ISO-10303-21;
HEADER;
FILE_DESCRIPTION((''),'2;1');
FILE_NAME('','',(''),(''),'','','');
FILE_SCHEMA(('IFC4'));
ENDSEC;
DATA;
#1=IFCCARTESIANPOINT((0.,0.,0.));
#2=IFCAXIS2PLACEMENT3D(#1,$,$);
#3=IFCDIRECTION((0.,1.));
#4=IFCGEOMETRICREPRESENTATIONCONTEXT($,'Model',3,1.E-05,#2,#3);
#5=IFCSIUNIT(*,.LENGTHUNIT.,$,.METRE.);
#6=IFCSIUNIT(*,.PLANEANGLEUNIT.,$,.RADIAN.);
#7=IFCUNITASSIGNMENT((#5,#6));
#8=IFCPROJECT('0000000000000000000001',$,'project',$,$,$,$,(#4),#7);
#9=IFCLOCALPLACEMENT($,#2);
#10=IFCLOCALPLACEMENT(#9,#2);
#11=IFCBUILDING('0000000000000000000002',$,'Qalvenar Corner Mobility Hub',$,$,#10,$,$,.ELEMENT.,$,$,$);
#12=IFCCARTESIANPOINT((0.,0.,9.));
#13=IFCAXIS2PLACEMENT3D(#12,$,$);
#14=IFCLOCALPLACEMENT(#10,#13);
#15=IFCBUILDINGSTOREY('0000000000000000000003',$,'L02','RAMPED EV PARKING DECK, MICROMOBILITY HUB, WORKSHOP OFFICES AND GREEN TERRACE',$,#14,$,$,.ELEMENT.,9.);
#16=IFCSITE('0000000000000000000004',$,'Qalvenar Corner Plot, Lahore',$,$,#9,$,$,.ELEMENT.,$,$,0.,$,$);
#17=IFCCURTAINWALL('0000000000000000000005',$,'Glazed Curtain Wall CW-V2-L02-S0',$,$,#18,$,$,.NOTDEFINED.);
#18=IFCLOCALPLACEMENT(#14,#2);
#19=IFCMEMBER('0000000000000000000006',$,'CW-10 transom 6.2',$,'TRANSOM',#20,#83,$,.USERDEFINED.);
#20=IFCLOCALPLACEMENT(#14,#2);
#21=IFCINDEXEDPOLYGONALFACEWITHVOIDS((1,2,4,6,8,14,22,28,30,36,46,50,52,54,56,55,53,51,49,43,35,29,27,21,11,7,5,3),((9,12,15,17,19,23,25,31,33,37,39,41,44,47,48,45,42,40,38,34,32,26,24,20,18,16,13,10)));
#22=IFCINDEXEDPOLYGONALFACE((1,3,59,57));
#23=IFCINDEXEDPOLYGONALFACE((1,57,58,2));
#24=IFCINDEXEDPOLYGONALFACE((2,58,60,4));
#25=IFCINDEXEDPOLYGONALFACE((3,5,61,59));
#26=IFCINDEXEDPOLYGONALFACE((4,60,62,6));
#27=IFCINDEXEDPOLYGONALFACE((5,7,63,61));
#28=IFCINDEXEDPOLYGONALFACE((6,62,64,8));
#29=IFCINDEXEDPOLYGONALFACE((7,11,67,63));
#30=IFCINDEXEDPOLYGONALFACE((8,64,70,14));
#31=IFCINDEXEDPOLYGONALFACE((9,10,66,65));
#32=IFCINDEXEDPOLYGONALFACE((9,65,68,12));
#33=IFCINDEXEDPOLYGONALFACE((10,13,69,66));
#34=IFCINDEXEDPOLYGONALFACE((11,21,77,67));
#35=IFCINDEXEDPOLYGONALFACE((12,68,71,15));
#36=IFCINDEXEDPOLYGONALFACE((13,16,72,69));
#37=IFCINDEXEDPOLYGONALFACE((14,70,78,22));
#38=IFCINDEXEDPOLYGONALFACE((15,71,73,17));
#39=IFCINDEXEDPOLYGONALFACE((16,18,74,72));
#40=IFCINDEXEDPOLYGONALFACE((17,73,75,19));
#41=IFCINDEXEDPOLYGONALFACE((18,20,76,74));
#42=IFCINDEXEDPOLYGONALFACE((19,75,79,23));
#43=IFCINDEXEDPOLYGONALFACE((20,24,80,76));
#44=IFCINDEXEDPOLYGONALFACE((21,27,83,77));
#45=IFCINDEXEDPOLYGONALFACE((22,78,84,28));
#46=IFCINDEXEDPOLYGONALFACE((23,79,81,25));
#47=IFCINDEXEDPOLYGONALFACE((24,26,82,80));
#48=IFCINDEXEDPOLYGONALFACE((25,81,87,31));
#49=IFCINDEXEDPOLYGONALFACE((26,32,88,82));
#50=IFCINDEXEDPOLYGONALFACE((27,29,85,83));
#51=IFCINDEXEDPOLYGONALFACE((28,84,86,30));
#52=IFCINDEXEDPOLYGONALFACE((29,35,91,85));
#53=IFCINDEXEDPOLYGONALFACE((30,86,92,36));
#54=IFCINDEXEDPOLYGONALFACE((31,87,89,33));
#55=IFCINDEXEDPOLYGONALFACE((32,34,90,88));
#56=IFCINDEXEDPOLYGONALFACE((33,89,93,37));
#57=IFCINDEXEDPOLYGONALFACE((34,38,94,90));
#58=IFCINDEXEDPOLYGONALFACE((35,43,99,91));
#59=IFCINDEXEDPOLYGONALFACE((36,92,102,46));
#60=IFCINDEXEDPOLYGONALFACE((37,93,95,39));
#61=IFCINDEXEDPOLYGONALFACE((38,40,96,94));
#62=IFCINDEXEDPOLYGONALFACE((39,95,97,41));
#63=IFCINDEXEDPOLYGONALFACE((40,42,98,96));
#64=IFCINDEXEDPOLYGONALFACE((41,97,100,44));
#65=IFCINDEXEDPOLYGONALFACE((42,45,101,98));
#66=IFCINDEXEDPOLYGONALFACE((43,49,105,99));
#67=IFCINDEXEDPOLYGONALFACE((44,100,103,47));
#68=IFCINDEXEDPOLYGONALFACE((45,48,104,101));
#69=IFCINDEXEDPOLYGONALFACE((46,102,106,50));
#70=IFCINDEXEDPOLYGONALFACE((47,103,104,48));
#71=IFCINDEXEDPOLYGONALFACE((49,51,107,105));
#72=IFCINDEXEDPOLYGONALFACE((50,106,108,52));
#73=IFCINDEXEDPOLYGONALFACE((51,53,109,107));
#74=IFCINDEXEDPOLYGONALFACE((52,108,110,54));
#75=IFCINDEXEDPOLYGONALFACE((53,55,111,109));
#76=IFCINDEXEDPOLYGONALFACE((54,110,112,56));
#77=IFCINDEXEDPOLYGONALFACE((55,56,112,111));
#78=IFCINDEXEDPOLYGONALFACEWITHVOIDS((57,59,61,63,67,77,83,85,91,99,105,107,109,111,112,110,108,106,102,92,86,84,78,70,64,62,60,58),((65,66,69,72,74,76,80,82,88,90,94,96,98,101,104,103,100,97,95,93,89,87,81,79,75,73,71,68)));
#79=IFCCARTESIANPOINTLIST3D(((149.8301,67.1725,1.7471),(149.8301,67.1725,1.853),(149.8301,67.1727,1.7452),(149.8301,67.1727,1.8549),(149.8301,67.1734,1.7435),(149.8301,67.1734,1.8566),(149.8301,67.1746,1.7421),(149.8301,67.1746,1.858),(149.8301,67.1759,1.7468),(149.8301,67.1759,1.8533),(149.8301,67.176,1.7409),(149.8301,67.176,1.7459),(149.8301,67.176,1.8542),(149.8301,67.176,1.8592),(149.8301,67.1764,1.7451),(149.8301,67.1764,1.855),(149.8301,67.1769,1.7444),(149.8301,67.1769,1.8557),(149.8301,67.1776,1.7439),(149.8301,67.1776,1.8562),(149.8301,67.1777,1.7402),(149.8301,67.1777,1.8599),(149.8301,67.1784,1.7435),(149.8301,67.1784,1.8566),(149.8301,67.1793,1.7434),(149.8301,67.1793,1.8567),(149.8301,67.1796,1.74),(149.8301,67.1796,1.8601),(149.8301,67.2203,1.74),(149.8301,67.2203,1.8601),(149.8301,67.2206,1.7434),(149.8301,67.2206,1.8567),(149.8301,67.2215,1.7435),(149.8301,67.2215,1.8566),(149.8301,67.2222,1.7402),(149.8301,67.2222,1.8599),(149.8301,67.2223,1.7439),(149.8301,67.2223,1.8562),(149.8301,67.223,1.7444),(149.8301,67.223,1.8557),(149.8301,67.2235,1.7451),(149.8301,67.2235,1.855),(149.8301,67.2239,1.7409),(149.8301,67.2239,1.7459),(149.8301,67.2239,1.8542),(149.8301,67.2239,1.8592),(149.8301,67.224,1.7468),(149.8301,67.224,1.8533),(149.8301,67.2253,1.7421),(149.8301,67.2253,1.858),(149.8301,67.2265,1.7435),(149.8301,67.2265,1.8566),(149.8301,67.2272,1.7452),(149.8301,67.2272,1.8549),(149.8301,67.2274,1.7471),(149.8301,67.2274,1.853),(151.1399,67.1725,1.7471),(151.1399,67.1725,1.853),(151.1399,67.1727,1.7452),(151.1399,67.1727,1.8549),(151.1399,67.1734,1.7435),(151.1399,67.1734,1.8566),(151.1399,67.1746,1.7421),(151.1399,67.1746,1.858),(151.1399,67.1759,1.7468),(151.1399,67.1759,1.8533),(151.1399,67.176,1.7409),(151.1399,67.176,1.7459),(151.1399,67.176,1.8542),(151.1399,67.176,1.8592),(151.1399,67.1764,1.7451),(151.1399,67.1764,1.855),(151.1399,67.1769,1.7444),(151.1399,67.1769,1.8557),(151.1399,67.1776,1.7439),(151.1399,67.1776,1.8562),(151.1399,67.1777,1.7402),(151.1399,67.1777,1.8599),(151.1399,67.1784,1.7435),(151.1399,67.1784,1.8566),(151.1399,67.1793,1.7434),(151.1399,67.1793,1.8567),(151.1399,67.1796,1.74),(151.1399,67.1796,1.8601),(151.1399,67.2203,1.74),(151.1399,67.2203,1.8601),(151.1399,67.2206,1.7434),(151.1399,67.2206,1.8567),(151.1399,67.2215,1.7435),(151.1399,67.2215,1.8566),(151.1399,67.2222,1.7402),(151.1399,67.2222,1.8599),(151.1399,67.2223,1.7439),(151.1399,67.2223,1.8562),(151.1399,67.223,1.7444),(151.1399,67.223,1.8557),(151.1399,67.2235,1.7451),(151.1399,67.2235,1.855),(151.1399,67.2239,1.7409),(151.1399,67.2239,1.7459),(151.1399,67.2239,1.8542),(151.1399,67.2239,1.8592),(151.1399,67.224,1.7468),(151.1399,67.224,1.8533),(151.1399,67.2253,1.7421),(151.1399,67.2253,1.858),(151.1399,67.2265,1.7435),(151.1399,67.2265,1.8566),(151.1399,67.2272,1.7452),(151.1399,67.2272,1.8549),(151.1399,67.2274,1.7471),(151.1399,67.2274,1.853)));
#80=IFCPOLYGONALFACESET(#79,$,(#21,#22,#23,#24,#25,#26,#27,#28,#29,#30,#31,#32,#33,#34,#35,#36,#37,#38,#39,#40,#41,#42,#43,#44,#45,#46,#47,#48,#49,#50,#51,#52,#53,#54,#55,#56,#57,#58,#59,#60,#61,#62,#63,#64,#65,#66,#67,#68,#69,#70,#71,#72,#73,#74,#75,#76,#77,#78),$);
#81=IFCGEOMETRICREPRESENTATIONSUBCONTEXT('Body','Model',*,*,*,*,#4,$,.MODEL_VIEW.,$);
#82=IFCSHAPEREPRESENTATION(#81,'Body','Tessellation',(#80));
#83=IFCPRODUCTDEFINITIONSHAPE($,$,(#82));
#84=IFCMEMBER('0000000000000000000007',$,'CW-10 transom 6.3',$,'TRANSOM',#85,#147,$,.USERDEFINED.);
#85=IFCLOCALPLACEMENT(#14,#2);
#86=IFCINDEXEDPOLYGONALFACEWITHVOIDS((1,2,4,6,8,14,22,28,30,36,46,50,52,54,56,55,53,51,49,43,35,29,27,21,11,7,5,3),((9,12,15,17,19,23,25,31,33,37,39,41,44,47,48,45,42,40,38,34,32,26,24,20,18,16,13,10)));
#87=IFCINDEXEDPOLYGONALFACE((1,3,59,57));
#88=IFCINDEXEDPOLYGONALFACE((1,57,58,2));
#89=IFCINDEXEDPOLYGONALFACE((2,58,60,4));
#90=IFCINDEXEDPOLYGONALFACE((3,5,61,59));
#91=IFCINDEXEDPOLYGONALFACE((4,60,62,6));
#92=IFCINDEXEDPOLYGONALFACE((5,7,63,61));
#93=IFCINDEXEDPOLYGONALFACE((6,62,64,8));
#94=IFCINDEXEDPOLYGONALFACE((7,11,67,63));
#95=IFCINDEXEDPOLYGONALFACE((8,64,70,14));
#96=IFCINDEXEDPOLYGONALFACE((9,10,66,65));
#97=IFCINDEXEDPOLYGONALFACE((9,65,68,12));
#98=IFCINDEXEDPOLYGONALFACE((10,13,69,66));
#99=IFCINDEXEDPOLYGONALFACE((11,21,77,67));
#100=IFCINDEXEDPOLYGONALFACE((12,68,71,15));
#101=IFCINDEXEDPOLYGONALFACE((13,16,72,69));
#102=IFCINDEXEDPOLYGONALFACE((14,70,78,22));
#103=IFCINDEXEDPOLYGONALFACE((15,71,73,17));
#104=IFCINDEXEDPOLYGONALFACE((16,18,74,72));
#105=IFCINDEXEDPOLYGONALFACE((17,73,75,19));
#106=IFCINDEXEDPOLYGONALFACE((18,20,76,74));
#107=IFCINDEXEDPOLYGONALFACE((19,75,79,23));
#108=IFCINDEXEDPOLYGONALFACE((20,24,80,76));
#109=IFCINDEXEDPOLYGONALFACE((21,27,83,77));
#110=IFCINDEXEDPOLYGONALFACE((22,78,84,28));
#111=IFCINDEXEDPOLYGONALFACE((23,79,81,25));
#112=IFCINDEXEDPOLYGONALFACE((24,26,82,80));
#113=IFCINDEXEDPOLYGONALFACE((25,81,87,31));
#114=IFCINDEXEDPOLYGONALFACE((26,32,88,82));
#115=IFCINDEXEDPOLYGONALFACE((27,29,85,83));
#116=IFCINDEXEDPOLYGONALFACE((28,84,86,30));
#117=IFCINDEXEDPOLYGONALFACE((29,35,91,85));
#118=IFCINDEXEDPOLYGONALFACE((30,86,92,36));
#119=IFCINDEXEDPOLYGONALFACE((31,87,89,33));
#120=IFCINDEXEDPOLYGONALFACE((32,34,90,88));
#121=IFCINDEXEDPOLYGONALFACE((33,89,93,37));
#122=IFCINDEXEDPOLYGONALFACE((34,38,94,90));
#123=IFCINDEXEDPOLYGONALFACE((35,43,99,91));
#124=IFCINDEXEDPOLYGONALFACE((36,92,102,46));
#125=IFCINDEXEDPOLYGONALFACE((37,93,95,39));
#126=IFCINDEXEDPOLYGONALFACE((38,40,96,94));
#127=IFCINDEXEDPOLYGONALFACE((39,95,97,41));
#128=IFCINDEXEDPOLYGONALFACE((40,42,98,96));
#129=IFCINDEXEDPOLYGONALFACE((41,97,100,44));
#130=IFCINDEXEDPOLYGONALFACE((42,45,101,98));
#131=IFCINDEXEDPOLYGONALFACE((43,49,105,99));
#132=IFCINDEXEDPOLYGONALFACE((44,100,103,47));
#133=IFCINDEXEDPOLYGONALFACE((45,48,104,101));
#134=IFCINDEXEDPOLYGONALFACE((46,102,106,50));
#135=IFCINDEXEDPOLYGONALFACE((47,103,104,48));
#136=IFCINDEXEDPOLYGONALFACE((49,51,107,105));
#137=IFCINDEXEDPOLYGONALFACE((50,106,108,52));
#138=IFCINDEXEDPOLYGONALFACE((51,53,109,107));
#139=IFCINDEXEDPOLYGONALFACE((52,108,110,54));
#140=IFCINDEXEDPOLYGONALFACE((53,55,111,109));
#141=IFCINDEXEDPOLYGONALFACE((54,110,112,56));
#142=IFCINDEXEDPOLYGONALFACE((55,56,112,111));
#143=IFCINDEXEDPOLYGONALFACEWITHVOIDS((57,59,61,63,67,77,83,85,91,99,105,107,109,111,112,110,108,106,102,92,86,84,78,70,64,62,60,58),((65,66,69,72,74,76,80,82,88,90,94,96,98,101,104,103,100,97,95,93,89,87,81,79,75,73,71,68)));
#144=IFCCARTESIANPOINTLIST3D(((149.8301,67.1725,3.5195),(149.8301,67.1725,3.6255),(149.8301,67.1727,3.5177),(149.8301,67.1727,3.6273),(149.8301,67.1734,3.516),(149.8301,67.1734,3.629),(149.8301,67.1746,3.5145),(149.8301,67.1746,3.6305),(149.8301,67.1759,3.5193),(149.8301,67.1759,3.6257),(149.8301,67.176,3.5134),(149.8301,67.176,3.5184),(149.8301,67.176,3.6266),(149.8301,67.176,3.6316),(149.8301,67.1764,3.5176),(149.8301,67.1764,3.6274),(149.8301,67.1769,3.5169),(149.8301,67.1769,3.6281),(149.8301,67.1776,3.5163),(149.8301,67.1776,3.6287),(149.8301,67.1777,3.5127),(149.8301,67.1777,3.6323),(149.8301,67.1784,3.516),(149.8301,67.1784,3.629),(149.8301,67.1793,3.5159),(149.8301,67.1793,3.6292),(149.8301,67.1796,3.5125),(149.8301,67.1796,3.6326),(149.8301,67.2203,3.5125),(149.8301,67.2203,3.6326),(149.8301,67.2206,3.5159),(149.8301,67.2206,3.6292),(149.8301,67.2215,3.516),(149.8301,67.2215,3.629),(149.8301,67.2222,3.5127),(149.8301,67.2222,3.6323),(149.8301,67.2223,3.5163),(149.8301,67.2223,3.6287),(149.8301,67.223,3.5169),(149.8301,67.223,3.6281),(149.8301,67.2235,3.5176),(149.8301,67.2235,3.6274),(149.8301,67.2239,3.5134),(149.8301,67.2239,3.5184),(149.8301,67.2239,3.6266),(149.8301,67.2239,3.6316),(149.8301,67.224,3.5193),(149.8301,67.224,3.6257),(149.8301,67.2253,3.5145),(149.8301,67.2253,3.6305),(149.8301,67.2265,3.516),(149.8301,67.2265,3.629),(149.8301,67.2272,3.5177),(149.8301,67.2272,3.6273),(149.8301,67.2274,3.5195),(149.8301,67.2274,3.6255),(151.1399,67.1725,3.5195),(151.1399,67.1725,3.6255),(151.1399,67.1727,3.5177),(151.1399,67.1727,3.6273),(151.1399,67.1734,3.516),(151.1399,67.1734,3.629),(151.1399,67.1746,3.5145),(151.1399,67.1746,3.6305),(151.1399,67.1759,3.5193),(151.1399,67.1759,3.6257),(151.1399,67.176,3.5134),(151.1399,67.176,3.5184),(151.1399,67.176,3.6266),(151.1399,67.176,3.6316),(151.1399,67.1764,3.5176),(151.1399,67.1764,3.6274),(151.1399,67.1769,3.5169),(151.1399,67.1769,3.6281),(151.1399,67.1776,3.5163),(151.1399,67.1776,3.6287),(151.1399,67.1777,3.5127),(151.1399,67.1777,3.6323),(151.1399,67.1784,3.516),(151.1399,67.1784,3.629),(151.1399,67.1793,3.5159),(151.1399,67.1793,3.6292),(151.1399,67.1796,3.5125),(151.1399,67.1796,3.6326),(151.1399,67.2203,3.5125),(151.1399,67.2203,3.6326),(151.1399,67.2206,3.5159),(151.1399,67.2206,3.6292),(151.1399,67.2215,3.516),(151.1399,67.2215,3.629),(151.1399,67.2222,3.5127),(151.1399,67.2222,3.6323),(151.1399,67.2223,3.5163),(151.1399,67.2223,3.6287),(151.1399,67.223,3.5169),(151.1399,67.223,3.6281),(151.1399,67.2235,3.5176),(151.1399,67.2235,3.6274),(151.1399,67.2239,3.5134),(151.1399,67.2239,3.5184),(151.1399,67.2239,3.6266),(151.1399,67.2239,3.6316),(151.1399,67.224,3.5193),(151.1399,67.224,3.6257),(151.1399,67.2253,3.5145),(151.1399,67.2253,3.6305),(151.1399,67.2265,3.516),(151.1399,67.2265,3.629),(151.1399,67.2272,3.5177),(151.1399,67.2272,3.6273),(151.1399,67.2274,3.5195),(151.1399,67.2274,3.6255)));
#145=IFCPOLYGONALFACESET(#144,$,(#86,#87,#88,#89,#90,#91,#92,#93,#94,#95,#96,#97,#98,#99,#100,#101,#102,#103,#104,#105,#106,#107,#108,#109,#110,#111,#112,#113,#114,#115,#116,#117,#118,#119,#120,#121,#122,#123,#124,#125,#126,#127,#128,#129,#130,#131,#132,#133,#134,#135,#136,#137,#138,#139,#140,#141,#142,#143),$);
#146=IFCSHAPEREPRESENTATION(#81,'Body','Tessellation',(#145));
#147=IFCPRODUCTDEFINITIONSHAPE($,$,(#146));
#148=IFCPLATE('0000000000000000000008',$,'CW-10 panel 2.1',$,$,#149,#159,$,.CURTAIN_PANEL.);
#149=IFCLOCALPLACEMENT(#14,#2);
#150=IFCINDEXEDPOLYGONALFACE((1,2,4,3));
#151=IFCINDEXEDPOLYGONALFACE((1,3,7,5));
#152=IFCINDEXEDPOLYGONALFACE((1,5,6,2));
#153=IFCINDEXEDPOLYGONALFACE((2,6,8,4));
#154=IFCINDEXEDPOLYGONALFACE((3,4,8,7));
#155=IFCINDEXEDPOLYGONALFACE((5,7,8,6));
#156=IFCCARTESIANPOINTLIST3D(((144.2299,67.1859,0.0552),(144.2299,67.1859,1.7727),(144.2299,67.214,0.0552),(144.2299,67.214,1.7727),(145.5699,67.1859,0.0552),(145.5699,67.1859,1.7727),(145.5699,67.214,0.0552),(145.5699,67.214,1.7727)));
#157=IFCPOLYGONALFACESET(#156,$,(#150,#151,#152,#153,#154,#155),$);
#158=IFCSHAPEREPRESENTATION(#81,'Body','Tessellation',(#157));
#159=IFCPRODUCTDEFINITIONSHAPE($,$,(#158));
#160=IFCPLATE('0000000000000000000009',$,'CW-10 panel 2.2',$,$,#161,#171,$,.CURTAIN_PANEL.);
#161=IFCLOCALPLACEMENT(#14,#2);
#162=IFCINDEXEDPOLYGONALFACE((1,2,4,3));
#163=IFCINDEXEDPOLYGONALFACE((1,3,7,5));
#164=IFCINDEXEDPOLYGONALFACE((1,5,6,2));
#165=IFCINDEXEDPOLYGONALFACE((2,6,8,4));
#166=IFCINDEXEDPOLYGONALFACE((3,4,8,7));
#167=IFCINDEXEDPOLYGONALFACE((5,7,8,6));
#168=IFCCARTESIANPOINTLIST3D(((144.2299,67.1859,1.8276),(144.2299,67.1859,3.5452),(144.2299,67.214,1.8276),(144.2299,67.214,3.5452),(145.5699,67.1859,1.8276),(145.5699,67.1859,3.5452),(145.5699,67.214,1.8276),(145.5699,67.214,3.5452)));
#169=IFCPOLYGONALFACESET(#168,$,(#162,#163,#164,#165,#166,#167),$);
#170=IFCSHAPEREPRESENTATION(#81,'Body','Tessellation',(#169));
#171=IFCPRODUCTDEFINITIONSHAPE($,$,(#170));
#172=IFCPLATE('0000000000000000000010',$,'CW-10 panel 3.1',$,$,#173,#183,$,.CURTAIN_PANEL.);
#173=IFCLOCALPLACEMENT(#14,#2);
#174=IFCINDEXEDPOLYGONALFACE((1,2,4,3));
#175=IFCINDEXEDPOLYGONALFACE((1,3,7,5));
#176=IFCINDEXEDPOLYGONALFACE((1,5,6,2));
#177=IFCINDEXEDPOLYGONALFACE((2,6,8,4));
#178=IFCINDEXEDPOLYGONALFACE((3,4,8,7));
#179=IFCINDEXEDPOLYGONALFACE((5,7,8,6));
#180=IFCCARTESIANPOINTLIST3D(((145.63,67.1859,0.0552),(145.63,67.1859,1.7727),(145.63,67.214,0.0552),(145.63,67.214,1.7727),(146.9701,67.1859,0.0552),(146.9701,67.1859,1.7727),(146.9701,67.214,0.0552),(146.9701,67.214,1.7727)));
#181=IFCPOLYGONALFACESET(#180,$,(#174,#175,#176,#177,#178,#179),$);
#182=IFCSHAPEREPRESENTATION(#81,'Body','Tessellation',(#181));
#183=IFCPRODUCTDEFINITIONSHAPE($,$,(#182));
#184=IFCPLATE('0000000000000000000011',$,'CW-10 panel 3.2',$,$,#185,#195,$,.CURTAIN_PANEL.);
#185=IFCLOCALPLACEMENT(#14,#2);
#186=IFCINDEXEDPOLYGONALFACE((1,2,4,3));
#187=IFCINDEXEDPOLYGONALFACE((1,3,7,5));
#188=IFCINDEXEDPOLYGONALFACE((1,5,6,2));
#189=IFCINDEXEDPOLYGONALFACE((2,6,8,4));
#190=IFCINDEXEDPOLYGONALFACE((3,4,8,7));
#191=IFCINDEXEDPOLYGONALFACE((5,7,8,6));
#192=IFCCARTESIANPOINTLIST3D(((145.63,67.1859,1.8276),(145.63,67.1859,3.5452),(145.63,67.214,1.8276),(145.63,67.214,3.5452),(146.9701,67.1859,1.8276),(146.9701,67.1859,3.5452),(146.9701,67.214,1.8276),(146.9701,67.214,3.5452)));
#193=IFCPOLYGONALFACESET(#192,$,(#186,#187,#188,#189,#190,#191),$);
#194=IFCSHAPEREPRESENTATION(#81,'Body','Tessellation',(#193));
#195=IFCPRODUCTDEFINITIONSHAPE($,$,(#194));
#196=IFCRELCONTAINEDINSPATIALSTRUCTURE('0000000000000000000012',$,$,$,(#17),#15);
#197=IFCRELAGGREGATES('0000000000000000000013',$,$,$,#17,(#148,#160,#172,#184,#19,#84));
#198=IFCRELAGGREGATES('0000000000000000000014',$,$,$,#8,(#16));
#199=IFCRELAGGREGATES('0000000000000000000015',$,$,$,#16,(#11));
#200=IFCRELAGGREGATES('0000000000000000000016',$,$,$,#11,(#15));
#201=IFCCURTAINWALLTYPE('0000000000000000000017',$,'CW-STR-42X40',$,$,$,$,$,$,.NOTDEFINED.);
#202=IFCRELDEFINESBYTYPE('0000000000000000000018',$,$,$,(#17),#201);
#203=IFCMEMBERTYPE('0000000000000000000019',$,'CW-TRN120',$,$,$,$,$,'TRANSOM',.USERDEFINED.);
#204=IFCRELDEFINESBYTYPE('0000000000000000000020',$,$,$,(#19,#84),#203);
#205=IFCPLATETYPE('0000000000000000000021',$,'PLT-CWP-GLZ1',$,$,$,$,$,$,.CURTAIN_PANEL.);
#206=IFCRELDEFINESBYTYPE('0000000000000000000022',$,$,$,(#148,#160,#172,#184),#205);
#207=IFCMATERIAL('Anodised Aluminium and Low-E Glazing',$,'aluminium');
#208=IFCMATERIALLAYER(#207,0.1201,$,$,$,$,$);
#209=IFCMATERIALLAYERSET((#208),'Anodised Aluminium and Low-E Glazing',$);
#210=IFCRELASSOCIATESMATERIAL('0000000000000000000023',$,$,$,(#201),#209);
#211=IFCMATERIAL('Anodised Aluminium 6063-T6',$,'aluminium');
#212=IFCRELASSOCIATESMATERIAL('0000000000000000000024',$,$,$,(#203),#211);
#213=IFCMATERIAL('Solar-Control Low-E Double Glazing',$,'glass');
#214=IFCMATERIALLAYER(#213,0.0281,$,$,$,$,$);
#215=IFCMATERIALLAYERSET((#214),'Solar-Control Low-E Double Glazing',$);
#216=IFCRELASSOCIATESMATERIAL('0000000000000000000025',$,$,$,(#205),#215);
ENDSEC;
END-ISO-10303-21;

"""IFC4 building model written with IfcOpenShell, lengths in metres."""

from ifc_helpers import new_model, si_unit, direction, frame, origin, origin_2d, place, context, subcontext, project, spatial, rectangle, hollow_rectangle, extrude, material, layer, layer_set, material_profile, profile_set, type_object, element, aggregate, save


model = new_model("IFC4")

# Units and contexts
model_context = context("Model", 3, precision=1e-05, world=origin(), true_north=direction((0.0, 1.0)))
body_context = subcontext(model_context, "Body", "Model", "MODEL_VIEW")
ifc_project = project(units=[si_unit("LENGTHUNIT", "METRE"), si_unit("PLANEANGLEUNIT", "RADIAN")], contexts=[model_context])

# Site, building, storey
site_placement = place(None, origin())
site = spatial("IfcSite", under=ifc_project, at=site_placement, Name="Qalvenar Corner Plot, Lahore", CompositionType="ELEMENT", RefElevation=0.0)
building_placement = place(site_placement, origin())
building = spatial("IfcBuilding", under=site, at=building_placement, Name="Qalvenar Corner Mobility Hub", CompositionType="ELEMENT")
storey_placement = place(building_placement, frame((0.0, 0.0, 9.0)))
storey = spatial("IfcBuildingStorey", under=building, at=storey_placement, Name="L02", Description="RAMPED EV PARKING DECK, MICROMOBILITY HUB, WORKSHOP OFFICES AND GREEN TERRACE", CompositionType="ELEMENT", Elevation=9.0)

# Curtain wall
ifc_material_1 = material(Name="Anodised Aluminium and Low-E Glazing", Category="aluminium")
ifc_layer_1 = layer(ifc_material_1, 0.1201)
ifc_layer_set_1 = layer_set([ifc_layer_1], Name="Anodised Aluminium and Low-E Glazing")
curtain_wall_type = type_object("IfcCurtainWallType", Name="CW-STR-42X40", PredefinedType="NOTDEFINED", material=ifc_layer_set_1)
curtain_wall_1_placement = place(storey_placement, origin())
curtain_wall_1 = element("IfcCurtainWall", 1, at=curtain_wall_1_placement, inside=storey, type_object=curtain_wall_type, Name="Glazed Curtain Wall CW-V2-L02-S0", PredefinedType="NOTDEFINED")
ifc_material_2 = material(Name="Anodised Aluminium 6063-T6", Category="aluminium")

# Members
ifc_material_profile_1 = material_profile(ifc_material_2, hollow_rectangle(XDim=0.0549, YDim=0.1201, WallThickness=0.0034, InnerFilletRadius=0.0034, OuterFilletRadius=0.0071, at=origin_2d()), Name="RHS120x55x3.5")
ifc_profile_set_1 = profile_set([ifc_material_profile_1], Name="Anodised Aluminium 6063-T6")
member_type_1 = type_object("IfcMemberType", Name="CW-TRN120", ElementType="TRANSOM", PredefinedType="USERDEFINED", material=ifc_profile_set_1)
member_1_placement = place(storey_placement, frame((149.8301, 67.2, 1.8), z_axis=(1.0, 0.0, 0.0), x_axis=(0.0, 1.0, 0.0)))
member_1 = element("IfcMember", 2, at=member_1_placement, type_object=member_type_1, Name="CW-10 transom 6.2", ObjectType="TRANSOM", PredefinedType="USERDEFINED", context=body_context, shape_type="SweptSolid", body=[
    extrude(hollow_rectangle(XDim=0.0549, YDim=0.1201, WallThickness=0.0034, InnerFilletRadius=0.0034, OuterFilletRadius=0.0071, at=origin_2d()), origin(), (0.0, 0.0, 1.0), 1.3098),
])
member_2_placement = place(storey_placement, frame((149.8301, 67.2, 3.5725), z_axis=(1.0, 0.0, 0.0), x_axis=(0.0, 1.0, 0.0)))
member_2 = element("IfcMember", 3, at=member_2_placement, type_object=member_type_1, Name="CW-10 transom 6.3", ObjectType="TRANSOM", PredefinedType="USERDEFINED", context=body_context, shape_type="SweptSolid", body=[
    extrude(hollow_rectangle(XDim=0.0549, YDim=0.1201, WallThickness=0.0034, InnerFilletRadius=0.0034, OuterFilletRadius=0.0071, at=origin_2d()), origin(), (0.0, 0.0, 1.0), 1.3098),
])

# Plates
ifc_material_3 = material(Name="Solar-Control Low-E Double Glazing", Category="glass")
ifc_layer_2 = layer(ifc_material_3, 0.0281)
ifc_layer_set_2 = layer_set([ifc_layer_2], Name="Solar-Control Low-E Double Glazing")
plate_type = type_object("IfcPlateType", Name="PLT-CWP-GLZ1", PredefinedType="CURTAIN_PANEL", material=ifc_layer_set_2)
plate_1_placement = place(storey_placement, frame((144.8999, 67.2, 0.0552), z_axis=(0.0, 0.0, 1.0), x_axis=(1.0, 0.0, 0.0)))
plate_1 = element("IfcPlate", 4, at=plate_1_placement, type_object=plate_type, Name="CW-10 panel 2.1", PredefinedType="CURTAIN_PANEL", context=body_context, shape_type="SweptSolid", body=[
    extrude(rectangle(XDim=1.3401, YDim=0.0281, at=origin_2d()), origin(), (0.0, 0.0, 1.0), 1.7175),
])
plate_2_placement = place(storey_placement, frame((144.8999, 67.2, 1.8276), z_axis=(0.0, 0.0, 1.0), x_axis=(1.0, 0.0, 0.0)))
plate_2 = element("IfcPlate", 5, at=plate_2_placement, type_object=plate_type, Name="CW-10 panel 2.2", PredefinedType="CURTAIN_PANEL", context=body_context, shape_type="SweptSolid", body=[
    extrude(rectangle(XDim=1.3401, YDim=0.0281, at=origin_2d()), origin(), (0.0, 0.0, 1.0), 1.7175),
])
plate_3_placement = place(storey_placement, frame((146.3, 67.2, 0.0552), z_axis=(0.0, 0.0, 1.0), x_axis=(1.0, 0.0, 0.0)))
plate_3 = element("IfcPlate", 6, at=plate_3_placement, type_object=plate_type, Name="CW-10 panel 3.1", PredefinedType="CURTAIN_PANEL", context=body_context, shape_type="SweptSolid", body=[
    extrude(rectangle(XDim=1.3401, YDim=0.0281, at=origin_2d()), origin(), (0.0, 0.0, 1.0), 1.7175),
])
plate_4_placement = place(storey_placement, frame((146.3, 67.2, 1.8276), z_axis=(0.0, 0.0, 1.0), x_axis=(1.0, 0.0, 0.0)))
plate_4 = element("IfcPlate", 7, at=plate_4_placement, type_object=plate_type, Name="CW-10 panel 3.2", PredefinedType="CURTAIN_PANEL", context=body_context, shape_type="SweptSolid", body=[
    extrude(rectangle(XDim=1.3401, YDim=0.0281, at=origin_2d()), origin(), (0.0, 0.0, 1.0), 1.7175),
])
aggregate(curtain_wall_1, [plate_1, plate_2, plate_3, plate_4, member_1, member_2])

save(model, "model.ifc")
